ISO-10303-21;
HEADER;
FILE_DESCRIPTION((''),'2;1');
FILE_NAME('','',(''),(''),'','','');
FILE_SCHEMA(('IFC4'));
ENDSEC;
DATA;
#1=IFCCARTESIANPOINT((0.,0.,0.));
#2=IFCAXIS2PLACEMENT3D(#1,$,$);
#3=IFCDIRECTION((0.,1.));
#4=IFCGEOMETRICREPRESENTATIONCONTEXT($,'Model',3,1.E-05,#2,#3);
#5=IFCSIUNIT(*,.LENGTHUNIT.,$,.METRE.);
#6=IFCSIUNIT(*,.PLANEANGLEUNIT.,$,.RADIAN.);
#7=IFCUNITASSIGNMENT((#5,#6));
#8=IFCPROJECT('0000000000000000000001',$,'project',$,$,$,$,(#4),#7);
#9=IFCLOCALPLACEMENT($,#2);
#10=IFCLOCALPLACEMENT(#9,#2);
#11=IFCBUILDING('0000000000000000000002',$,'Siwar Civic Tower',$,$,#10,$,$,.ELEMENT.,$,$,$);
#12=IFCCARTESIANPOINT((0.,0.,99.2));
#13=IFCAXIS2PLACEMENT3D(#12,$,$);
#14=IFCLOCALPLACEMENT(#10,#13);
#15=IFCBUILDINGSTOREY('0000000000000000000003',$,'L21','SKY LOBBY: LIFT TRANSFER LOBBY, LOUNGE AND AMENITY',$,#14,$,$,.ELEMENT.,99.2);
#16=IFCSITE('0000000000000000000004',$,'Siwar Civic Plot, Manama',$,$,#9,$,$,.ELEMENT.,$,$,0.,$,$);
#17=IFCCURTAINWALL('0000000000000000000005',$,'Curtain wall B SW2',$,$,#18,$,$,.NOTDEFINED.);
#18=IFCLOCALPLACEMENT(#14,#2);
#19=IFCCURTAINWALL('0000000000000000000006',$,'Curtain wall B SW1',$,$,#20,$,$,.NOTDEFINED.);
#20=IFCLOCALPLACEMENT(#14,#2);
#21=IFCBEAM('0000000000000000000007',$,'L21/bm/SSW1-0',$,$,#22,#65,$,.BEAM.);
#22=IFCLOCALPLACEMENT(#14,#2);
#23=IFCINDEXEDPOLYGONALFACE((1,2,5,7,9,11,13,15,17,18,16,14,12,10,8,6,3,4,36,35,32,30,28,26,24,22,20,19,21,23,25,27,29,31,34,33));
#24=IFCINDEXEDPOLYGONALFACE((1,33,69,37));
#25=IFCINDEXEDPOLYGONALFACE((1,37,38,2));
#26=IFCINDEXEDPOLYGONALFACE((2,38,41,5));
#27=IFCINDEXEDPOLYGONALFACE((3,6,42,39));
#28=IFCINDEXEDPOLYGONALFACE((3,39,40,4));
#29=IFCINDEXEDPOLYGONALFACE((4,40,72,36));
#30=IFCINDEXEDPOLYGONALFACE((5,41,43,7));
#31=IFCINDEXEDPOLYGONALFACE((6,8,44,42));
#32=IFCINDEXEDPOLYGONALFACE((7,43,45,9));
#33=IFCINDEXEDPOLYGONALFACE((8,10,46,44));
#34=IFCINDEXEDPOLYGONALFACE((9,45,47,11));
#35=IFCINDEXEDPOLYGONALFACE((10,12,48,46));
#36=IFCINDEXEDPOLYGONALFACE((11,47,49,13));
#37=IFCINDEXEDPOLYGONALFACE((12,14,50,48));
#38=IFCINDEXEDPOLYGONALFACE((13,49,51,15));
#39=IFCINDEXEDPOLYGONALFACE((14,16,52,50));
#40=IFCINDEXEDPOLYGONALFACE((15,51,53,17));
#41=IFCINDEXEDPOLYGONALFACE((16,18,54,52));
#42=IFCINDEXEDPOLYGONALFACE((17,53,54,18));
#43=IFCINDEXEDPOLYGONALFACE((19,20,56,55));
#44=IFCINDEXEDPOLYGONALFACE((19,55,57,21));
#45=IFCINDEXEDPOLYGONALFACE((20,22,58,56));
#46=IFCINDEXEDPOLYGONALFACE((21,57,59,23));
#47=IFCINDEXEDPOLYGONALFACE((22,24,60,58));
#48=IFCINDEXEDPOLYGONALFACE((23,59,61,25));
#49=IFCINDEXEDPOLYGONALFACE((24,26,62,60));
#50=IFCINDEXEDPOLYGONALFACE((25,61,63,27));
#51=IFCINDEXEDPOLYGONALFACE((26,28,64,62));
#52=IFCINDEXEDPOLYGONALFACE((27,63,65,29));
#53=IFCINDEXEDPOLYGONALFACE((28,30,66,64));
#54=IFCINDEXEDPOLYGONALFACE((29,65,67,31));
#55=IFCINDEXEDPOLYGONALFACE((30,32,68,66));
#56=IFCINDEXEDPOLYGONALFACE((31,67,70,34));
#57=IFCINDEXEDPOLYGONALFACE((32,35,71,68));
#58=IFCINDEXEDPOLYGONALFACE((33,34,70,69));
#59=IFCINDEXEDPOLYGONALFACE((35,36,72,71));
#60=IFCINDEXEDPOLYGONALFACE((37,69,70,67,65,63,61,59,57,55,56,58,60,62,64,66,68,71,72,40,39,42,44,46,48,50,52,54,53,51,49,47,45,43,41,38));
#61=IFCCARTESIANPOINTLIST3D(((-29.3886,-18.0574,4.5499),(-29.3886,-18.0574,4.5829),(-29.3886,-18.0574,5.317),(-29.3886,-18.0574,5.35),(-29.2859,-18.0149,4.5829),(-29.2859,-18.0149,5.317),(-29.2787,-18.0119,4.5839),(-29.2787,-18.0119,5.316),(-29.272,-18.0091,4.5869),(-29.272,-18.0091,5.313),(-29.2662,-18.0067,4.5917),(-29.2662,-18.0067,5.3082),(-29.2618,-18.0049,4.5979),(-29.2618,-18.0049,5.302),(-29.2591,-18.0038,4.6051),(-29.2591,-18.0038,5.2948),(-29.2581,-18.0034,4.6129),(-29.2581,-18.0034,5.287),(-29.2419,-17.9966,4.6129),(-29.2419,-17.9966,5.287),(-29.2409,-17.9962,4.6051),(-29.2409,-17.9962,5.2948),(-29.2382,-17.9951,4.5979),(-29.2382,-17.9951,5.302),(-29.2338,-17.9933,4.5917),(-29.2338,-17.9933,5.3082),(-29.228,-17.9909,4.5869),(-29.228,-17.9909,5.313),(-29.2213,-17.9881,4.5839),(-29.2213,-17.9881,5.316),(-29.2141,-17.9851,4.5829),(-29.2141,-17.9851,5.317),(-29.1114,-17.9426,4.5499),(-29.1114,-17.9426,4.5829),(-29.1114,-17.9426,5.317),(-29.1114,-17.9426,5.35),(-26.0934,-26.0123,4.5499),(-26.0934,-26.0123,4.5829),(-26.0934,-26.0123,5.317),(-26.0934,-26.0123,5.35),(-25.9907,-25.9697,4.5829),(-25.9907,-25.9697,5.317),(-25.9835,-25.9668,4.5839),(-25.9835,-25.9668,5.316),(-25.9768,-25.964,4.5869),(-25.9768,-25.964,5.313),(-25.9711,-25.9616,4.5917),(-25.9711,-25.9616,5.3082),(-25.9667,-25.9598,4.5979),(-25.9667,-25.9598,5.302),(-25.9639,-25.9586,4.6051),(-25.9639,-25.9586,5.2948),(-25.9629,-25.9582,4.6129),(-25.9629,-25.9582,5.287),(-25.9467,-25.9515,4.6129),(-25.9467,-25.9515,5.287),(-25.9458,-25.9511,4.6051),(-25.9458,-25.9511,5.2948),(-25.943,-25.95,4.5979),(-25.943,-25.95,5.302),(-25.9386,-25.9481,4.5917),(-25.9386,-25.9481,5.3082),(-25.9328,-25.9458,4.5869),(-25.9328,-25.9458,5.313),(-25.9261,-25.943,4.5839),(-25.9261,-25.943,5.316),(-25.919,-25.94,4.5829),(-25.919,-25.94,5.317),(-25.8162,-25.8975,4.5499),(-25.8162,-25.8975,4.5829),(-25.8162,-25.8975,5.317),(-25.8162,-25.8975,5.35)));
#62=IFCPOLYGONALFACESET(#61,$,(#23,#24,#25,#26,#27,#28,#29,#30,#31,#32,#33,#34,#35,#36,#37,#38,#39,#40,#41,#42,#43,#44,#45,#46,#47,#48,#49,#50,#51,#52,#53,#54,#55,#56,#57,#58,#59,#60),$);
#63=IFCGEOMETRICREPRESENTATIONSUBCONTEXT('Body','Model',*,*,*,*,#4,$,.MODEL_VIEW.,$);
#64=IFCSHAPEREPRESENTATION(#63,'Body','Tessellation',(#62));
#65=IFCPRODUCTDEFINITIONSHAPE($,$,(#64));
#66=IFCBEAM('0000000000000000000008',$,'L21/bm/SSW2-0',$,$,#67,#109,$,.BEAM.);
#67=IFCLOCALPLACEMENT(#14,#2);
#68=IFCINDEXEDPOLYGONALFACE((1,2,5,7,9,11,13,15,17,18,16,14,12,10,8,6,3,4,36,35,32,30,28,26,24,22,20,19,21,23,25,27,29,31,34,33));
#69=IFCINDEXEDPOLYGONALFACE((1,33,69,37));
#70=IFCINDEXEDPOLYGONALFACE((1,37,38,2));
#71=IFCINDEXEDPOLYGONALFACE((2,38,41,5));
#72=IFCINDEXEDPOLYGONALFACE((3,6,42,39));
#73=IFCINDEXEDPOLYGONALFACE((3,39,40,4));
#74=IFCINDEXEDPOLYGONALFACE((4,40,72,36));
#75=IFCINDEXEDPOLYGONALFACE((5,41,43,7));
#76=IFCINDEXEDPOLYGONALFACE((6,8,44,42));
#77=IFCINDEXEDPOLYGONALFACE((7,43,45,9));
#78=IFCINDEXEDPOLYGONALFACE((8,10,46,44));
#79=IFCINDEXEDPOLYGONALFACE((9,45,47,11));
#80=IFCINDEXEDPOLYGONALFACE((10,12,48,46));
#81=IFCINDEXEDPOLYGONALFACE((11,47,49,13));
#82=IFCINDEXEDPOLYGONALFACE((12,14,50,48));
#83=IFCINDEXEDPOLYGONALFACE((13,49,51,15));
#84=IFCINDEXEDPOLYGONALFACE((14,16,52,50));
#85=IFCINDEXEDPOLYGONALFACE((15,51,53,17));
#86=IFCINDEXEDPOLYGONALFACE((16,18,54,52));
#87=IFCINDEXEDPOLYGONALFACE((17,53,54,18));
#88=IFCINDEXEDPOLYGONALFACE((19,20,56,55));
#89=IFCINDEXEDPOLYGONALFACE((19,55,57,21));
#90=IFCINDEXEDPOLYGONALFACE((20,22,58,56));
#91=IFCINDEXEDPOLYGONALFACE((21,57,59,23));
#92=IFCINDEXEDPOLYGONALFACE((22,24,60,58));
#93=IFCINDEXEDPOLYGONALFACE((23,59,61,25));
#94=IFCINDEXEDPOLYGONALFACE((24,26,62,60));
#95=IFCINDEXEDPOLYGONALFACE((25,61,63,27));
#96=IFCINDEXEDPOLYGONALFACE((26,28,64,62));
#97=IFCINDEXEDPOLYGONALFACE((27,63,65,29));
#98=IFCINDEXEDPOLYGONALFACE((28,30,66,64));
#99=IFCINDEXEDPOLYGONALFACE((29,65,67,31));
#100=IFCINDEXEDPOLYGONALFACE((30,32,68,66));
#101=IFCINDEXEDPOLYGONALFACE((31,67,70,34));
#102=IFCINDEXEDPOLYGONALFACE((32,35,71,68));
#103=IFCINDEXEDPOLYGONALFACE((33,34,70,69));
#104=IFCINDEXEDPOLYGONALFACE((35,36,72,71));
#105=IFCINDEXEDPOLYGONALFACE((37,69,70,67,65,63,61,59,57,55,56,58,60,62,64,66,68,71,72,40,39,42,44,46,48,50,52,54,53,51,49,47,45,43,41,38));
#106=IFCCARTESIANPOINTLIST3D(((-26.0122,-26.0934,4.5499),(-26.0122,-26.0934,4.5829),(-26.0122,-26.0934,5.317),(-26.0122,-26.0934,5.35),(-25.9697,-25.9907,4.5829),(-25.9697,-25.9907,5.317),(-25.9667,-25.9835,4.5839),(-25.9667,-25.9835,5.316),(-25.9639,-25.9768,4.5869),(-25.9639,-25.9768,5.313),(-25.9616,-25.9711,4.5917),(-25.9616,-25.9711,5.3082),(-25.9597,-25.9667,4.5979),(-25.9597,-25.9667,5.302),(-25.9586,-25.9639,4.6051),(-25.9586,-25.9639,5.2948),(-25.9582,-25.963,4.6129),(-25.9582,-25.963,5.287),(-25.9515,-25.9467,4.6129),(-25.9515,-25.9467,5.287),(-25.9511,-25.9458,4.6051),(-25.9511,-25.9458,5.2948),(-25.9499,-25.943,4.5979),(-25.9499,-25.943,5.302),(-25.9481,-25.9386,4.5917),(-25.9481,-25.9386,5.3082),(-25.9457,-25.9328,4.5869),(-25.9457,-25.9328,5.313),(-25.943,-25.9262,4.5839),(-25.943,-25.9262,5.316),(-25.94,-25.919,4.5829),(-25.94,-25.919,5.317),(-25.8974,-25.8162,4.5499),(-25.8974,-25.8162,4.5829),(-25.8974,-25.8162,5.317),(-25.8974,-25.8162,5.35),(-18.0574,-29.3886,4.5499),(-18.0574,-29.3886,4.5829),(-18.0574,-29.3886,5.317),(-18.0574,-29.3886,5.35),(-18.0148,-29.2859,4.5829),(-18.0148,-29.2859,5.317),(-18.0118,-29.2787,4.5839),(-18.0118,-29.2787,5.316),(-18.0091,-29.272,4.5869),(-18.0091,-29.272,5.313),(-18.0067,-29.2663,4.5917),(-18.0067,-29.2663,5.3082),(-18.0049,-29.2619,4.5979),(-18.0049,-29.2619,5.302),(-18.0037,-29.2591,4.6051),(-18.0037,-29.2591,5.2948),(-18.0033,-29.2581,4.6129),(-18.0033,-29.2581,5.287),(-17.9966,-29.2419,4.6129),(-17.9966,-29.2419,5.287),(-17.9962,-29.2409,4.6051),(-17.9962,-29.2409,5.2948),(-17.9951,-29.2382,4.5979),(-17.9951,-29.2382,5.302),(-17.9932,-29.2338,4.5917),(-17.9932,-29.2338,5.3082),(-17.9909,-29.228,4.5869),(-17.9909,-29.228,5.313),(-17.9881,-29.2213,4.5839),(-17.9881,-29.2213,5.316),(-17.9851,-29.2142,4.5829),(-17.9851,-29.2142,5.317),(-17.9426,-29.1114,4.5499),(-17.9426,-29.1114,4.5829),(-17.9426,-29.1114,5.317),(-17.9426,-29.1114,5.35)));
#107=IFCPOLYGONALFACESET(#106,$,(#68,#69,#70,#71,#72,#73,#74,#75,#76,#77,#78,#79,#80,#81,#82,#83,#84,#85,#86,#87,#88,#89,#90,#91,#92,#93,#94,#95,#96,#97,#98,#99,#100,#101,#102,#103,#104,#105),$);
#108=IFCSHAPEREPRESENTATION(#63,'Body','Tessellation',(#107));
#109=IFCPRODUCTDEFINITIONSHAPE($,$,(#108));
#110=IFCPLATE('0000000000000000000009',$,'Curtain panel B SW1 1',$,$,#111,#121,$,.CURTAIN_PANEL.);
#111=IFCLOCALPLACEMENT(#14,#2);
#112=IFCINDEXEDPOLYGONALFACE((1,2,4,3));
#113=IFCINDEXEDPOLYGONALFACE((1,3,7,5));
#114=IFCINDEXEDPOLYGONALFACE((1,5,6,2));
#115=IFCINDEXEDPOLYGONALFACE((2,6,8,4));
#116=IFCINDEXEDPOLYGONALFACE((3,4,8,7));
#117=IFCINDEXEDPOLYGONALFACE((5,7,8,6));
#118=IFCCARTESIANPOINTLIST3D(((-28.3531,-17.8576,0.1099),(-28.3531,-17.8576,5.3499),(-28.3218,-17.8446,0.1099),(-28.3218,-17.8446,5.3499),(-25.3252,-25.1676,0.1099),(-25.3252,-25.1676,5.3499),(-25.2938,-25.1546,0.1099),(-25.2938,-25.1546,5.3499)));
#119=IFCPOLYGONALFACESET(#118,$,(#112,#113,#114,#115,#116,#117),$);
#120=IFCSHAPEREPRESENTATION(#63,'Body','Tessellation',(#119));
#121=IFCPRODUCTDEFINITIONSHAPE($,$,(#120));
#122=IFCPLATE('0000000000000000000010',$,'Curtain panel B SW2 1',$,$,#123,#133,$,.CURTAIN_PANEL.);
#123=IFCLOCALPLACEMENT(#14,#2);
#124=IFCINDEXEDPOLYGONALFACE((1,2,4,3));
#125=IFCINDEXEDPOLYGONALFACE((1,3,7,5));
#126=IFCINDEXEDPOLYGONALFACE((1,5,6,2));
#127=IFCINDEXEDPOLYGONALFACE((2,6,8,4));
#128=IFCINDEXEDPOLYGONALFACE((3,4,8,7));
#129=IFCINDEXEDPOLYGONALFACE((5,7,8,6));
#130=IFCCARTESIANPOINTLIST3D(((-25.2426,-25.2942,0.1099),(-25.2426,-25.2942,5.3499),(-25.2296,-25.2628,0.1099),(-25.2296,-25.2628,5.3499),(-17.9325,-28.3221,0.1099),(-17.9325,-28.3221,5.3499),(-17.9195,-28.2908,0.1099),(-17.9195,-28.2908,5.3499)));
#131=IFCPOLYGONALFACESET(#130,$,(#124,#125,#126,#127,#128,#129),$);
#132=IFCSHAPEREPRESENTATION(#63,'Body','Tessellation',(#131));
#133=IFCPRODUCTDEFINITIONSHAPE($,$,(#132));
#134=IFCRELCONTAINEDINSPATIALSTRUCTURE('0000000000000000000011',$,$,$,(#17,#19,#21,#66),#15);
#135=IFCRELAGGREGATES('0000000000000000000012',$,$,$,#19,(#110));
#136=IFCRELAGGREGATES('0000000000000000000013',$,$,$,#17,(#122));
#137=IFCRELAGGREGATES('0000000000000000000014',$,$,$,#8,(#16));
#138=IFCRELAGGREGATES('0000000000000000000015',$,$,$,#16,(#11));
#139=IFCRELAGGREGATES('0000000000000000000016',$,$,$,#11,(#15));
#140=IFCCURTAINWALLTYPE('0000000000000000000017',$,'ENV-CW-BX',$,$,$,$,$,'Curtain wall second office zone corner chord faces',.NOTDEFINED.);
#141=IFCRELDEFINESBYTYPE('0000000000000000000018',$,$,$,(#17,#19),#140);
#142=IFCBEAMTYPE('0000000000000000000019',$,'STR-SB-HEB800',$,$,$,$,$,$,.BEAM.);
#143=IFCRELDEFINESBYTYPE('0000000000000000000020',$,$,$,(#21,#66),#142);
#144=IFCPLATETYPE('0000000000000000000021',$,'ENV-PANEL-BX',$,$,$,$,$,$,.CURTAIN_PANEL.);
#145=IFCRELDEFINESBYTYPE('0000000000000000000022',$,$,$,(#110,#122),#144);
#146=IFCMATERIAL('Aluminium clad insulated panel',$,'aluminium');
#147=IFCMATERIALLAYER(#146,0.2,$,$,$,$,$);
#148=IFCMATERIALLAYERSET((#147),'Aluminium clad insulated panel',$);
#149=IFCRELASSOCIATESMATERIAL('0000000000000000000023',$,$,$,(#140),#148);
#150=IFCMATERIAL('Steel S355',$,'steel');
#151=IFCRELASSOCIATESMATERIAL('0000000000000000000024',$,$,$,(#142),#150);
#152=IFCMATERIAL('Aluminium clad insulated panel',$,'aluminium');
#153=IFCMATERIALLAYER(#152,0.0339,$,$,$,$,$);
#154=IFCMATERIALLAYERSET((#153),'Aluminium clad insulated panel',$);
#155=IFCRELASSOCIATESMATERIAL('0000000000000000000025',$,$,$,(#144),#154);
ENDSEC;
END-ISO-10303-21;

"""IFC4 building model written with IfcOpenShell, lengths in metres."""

from ifc_helpers import new_model, si_unit, direction, frame, origin, origin_2d, place, context, subcontext, project, spatial, rectangle, i_section, extrude, material, layer, layer_set, material_profile, profile_set, type_object, element, aggregate, save


model = new_model("IFC4")

# Units and contexts
model_context = context("Model", 3, precision=1e-05, world=origin(), true_north=direction((0.0, 1.0)))
body_context = subcontext(model_context, "Body", "Model", "MODEL_VIEW")
ifc_project = project(units=[si_unit("LENGTHUNIT", "METRE"), si_unit("PLANEANGLEUNIT", "RADIAN")], contexts=[model_context])

# Site, building, storey
site_placement = place(None, origin())
site = spatial("IfcSite", under=ifc_project, at=site_placement, Name="Siwar Civic Plot, Manama", CompositionType="ELEMENT", RefElevation=0.0)
building_placement = place(site_placement, origin())
building = spatial("IfcBuilding", under=site, at=building_placement, Name="Siwar Civic Tower", CompositionType="ELEMENT")
storey_placement = place(building_placement, frame((0.0, 0.0, 99.2)))
storey = spatial("IfcBuildingStorey", under=building, at=storey_placement, Name="L21", Description="SKY LOBBY: LIFT TRANSFER LOBBY, LOUNGE AND AMENITY", CompositionType="ELEMENT", Elevation=99.2)

# Curtain walls
ifc_material_1 = material(Name="Aluminium clad insulated panel", Category="aluminium")
ifc_layer_1 = layer(ifc_material_1, 0.2)
ifc_layer_set_1 = layer_set([ifc_layer_1], Name="Aluminium clad insulated panel")
curtain_wall_type = type_object("IfcCurtainWallType", Name="ENV-CW-BX", ElementType="Curtain wall second office zone corner chord faces", PredefinedType="NOTDEFINED", material=ifc_layer_set_1)
curtain_wall_1_placement = place(storey_placement, origin())
curtain_wall_1 = element("IfcCurtainWall", 1, at=curtain_wall_1_placement, inside=storey, type_object=curtain_wall_type, Name="Curtain wall B SW2", PredefinedType="NOTDEFINED")
curtain_wall_2_placement = place(storey_placement, origin())
curtain_wall_2 = element("IfcCurtainWall", 2, at=curtain_wall_2_placement, inside=storey, type_object=curtain_wall_type, Name="Curtain wall B SW1", PredefinedType="NOTDEFINED")

# Beams
ifc_material_2 = material(Name="Steel S355", Category="steel")
ifc_material_profile_1 = material_profile(ifc_material_2, i_section(OverallWidth=0.3, OverallDepth=0.8, WebThickness=0.0176, FlangeThickness=0.033, FilletRadius=0.03, at=origin_2d()), Name="HEB800")
ifc_profile_set_1 = profile_set([ifc_material_profile_1], Name="Steel S355")
beam_type_1 = type_object("IfcBeamType", Name="STR-SB-HEB800", PredefinedType="BEAM", material=ifc_profile_set_1)
for number, where, z_axis, x_axis, name in (
    (3, (-29.25, -18.0, 4.95), (0.3827, -0.923873, 0.0), (0.923873, 0.3827, 0.0), "L21/bm/SSW1-0"),
    (4, (-25.9548, -25.9548, 4.95), (0.923873, -0.3827, 0.0), (0.3827, 0.923873, 0.0), "L21/bm/SSW2-0"),
):
    element("IfcBeam", number, at=place(storey_placement, frame(where, z_axis=z_axis, x_axis=x_axis)), inside=storey, type_object=beam_type_1, Name=name, PredefinedType="BEAM", context=body_context, shape_type="SweptSolid", body=[
        extrude(i_section(OverallWidth=0.3, OverallDepth=0.8, WebThickness=0.0176, FlangeThickness=0.033, FilletRadius=0.03, at=origin_2d()), origin(), (0.0, 0.0, 1.0), 8.6104),
    ])

# Plates
ifc_material_3 = material(Name="Aluminium clad insulated panel", Category="aluminium")
ifc_layer_2 = layer(ifc_material_3, 0.0339)
ifc_layer_set_2 = layer_set([ifc_layer_2], Name="Aluminium clad insulated panel")
plate_type = type_object("IfcPlateType", Name="ENV-PANEL-BX", PredefinedType="CURTAIN_PANEL", material=ifc_layer_set_2)
plate_1_placement = place(storey_placement, frame((-26.8235, -21.5061, 0.1099), z_axis=(0.0, 0.0, 1.0), x_axis=(0.382683, -0.92388, 0.0)))
plate_1 = element("IfcPlate", 5, at=plate_1_placement, type_object=plate_type, Name="Curtain panel B SW1 1", PredefinedType="CURTAIN_PANEL", context=body_context, shape_type="SweptSolid", body=[
    extrude(rectangle(XDim=7.9124, YDim=0.0339, at=origin_2d()), origin(), (0.0, 0.0, 1.0), 5.24),
])
aggregate(curtain_wall_2, [plate_1])
plate_2_placement = place(storey_placement, frame((-21.5811, -26.7925, 0.1099), z_axis=(0.0, 0.0, 1.0), x_axis=(0.92388, -0.382683, 0.0)))
plate_2 = element("IfcPlate", 6, at=plate_2_placement, type_object=plate_type, Name="Curtain panel B SW2 1", PredefinedType="CURTAIN_PANEL", context=body_context, shape_type="SweptSolid", body=[
    extrude(rectangle(XDim=7.9124, YDim=0.0339, at=origin_2d()), origin(), (0.0, 0.0, 1.0), 5.24),
])
aggregate(curtain_wall_1, [plate_2])

save(model, "model.ifc")
